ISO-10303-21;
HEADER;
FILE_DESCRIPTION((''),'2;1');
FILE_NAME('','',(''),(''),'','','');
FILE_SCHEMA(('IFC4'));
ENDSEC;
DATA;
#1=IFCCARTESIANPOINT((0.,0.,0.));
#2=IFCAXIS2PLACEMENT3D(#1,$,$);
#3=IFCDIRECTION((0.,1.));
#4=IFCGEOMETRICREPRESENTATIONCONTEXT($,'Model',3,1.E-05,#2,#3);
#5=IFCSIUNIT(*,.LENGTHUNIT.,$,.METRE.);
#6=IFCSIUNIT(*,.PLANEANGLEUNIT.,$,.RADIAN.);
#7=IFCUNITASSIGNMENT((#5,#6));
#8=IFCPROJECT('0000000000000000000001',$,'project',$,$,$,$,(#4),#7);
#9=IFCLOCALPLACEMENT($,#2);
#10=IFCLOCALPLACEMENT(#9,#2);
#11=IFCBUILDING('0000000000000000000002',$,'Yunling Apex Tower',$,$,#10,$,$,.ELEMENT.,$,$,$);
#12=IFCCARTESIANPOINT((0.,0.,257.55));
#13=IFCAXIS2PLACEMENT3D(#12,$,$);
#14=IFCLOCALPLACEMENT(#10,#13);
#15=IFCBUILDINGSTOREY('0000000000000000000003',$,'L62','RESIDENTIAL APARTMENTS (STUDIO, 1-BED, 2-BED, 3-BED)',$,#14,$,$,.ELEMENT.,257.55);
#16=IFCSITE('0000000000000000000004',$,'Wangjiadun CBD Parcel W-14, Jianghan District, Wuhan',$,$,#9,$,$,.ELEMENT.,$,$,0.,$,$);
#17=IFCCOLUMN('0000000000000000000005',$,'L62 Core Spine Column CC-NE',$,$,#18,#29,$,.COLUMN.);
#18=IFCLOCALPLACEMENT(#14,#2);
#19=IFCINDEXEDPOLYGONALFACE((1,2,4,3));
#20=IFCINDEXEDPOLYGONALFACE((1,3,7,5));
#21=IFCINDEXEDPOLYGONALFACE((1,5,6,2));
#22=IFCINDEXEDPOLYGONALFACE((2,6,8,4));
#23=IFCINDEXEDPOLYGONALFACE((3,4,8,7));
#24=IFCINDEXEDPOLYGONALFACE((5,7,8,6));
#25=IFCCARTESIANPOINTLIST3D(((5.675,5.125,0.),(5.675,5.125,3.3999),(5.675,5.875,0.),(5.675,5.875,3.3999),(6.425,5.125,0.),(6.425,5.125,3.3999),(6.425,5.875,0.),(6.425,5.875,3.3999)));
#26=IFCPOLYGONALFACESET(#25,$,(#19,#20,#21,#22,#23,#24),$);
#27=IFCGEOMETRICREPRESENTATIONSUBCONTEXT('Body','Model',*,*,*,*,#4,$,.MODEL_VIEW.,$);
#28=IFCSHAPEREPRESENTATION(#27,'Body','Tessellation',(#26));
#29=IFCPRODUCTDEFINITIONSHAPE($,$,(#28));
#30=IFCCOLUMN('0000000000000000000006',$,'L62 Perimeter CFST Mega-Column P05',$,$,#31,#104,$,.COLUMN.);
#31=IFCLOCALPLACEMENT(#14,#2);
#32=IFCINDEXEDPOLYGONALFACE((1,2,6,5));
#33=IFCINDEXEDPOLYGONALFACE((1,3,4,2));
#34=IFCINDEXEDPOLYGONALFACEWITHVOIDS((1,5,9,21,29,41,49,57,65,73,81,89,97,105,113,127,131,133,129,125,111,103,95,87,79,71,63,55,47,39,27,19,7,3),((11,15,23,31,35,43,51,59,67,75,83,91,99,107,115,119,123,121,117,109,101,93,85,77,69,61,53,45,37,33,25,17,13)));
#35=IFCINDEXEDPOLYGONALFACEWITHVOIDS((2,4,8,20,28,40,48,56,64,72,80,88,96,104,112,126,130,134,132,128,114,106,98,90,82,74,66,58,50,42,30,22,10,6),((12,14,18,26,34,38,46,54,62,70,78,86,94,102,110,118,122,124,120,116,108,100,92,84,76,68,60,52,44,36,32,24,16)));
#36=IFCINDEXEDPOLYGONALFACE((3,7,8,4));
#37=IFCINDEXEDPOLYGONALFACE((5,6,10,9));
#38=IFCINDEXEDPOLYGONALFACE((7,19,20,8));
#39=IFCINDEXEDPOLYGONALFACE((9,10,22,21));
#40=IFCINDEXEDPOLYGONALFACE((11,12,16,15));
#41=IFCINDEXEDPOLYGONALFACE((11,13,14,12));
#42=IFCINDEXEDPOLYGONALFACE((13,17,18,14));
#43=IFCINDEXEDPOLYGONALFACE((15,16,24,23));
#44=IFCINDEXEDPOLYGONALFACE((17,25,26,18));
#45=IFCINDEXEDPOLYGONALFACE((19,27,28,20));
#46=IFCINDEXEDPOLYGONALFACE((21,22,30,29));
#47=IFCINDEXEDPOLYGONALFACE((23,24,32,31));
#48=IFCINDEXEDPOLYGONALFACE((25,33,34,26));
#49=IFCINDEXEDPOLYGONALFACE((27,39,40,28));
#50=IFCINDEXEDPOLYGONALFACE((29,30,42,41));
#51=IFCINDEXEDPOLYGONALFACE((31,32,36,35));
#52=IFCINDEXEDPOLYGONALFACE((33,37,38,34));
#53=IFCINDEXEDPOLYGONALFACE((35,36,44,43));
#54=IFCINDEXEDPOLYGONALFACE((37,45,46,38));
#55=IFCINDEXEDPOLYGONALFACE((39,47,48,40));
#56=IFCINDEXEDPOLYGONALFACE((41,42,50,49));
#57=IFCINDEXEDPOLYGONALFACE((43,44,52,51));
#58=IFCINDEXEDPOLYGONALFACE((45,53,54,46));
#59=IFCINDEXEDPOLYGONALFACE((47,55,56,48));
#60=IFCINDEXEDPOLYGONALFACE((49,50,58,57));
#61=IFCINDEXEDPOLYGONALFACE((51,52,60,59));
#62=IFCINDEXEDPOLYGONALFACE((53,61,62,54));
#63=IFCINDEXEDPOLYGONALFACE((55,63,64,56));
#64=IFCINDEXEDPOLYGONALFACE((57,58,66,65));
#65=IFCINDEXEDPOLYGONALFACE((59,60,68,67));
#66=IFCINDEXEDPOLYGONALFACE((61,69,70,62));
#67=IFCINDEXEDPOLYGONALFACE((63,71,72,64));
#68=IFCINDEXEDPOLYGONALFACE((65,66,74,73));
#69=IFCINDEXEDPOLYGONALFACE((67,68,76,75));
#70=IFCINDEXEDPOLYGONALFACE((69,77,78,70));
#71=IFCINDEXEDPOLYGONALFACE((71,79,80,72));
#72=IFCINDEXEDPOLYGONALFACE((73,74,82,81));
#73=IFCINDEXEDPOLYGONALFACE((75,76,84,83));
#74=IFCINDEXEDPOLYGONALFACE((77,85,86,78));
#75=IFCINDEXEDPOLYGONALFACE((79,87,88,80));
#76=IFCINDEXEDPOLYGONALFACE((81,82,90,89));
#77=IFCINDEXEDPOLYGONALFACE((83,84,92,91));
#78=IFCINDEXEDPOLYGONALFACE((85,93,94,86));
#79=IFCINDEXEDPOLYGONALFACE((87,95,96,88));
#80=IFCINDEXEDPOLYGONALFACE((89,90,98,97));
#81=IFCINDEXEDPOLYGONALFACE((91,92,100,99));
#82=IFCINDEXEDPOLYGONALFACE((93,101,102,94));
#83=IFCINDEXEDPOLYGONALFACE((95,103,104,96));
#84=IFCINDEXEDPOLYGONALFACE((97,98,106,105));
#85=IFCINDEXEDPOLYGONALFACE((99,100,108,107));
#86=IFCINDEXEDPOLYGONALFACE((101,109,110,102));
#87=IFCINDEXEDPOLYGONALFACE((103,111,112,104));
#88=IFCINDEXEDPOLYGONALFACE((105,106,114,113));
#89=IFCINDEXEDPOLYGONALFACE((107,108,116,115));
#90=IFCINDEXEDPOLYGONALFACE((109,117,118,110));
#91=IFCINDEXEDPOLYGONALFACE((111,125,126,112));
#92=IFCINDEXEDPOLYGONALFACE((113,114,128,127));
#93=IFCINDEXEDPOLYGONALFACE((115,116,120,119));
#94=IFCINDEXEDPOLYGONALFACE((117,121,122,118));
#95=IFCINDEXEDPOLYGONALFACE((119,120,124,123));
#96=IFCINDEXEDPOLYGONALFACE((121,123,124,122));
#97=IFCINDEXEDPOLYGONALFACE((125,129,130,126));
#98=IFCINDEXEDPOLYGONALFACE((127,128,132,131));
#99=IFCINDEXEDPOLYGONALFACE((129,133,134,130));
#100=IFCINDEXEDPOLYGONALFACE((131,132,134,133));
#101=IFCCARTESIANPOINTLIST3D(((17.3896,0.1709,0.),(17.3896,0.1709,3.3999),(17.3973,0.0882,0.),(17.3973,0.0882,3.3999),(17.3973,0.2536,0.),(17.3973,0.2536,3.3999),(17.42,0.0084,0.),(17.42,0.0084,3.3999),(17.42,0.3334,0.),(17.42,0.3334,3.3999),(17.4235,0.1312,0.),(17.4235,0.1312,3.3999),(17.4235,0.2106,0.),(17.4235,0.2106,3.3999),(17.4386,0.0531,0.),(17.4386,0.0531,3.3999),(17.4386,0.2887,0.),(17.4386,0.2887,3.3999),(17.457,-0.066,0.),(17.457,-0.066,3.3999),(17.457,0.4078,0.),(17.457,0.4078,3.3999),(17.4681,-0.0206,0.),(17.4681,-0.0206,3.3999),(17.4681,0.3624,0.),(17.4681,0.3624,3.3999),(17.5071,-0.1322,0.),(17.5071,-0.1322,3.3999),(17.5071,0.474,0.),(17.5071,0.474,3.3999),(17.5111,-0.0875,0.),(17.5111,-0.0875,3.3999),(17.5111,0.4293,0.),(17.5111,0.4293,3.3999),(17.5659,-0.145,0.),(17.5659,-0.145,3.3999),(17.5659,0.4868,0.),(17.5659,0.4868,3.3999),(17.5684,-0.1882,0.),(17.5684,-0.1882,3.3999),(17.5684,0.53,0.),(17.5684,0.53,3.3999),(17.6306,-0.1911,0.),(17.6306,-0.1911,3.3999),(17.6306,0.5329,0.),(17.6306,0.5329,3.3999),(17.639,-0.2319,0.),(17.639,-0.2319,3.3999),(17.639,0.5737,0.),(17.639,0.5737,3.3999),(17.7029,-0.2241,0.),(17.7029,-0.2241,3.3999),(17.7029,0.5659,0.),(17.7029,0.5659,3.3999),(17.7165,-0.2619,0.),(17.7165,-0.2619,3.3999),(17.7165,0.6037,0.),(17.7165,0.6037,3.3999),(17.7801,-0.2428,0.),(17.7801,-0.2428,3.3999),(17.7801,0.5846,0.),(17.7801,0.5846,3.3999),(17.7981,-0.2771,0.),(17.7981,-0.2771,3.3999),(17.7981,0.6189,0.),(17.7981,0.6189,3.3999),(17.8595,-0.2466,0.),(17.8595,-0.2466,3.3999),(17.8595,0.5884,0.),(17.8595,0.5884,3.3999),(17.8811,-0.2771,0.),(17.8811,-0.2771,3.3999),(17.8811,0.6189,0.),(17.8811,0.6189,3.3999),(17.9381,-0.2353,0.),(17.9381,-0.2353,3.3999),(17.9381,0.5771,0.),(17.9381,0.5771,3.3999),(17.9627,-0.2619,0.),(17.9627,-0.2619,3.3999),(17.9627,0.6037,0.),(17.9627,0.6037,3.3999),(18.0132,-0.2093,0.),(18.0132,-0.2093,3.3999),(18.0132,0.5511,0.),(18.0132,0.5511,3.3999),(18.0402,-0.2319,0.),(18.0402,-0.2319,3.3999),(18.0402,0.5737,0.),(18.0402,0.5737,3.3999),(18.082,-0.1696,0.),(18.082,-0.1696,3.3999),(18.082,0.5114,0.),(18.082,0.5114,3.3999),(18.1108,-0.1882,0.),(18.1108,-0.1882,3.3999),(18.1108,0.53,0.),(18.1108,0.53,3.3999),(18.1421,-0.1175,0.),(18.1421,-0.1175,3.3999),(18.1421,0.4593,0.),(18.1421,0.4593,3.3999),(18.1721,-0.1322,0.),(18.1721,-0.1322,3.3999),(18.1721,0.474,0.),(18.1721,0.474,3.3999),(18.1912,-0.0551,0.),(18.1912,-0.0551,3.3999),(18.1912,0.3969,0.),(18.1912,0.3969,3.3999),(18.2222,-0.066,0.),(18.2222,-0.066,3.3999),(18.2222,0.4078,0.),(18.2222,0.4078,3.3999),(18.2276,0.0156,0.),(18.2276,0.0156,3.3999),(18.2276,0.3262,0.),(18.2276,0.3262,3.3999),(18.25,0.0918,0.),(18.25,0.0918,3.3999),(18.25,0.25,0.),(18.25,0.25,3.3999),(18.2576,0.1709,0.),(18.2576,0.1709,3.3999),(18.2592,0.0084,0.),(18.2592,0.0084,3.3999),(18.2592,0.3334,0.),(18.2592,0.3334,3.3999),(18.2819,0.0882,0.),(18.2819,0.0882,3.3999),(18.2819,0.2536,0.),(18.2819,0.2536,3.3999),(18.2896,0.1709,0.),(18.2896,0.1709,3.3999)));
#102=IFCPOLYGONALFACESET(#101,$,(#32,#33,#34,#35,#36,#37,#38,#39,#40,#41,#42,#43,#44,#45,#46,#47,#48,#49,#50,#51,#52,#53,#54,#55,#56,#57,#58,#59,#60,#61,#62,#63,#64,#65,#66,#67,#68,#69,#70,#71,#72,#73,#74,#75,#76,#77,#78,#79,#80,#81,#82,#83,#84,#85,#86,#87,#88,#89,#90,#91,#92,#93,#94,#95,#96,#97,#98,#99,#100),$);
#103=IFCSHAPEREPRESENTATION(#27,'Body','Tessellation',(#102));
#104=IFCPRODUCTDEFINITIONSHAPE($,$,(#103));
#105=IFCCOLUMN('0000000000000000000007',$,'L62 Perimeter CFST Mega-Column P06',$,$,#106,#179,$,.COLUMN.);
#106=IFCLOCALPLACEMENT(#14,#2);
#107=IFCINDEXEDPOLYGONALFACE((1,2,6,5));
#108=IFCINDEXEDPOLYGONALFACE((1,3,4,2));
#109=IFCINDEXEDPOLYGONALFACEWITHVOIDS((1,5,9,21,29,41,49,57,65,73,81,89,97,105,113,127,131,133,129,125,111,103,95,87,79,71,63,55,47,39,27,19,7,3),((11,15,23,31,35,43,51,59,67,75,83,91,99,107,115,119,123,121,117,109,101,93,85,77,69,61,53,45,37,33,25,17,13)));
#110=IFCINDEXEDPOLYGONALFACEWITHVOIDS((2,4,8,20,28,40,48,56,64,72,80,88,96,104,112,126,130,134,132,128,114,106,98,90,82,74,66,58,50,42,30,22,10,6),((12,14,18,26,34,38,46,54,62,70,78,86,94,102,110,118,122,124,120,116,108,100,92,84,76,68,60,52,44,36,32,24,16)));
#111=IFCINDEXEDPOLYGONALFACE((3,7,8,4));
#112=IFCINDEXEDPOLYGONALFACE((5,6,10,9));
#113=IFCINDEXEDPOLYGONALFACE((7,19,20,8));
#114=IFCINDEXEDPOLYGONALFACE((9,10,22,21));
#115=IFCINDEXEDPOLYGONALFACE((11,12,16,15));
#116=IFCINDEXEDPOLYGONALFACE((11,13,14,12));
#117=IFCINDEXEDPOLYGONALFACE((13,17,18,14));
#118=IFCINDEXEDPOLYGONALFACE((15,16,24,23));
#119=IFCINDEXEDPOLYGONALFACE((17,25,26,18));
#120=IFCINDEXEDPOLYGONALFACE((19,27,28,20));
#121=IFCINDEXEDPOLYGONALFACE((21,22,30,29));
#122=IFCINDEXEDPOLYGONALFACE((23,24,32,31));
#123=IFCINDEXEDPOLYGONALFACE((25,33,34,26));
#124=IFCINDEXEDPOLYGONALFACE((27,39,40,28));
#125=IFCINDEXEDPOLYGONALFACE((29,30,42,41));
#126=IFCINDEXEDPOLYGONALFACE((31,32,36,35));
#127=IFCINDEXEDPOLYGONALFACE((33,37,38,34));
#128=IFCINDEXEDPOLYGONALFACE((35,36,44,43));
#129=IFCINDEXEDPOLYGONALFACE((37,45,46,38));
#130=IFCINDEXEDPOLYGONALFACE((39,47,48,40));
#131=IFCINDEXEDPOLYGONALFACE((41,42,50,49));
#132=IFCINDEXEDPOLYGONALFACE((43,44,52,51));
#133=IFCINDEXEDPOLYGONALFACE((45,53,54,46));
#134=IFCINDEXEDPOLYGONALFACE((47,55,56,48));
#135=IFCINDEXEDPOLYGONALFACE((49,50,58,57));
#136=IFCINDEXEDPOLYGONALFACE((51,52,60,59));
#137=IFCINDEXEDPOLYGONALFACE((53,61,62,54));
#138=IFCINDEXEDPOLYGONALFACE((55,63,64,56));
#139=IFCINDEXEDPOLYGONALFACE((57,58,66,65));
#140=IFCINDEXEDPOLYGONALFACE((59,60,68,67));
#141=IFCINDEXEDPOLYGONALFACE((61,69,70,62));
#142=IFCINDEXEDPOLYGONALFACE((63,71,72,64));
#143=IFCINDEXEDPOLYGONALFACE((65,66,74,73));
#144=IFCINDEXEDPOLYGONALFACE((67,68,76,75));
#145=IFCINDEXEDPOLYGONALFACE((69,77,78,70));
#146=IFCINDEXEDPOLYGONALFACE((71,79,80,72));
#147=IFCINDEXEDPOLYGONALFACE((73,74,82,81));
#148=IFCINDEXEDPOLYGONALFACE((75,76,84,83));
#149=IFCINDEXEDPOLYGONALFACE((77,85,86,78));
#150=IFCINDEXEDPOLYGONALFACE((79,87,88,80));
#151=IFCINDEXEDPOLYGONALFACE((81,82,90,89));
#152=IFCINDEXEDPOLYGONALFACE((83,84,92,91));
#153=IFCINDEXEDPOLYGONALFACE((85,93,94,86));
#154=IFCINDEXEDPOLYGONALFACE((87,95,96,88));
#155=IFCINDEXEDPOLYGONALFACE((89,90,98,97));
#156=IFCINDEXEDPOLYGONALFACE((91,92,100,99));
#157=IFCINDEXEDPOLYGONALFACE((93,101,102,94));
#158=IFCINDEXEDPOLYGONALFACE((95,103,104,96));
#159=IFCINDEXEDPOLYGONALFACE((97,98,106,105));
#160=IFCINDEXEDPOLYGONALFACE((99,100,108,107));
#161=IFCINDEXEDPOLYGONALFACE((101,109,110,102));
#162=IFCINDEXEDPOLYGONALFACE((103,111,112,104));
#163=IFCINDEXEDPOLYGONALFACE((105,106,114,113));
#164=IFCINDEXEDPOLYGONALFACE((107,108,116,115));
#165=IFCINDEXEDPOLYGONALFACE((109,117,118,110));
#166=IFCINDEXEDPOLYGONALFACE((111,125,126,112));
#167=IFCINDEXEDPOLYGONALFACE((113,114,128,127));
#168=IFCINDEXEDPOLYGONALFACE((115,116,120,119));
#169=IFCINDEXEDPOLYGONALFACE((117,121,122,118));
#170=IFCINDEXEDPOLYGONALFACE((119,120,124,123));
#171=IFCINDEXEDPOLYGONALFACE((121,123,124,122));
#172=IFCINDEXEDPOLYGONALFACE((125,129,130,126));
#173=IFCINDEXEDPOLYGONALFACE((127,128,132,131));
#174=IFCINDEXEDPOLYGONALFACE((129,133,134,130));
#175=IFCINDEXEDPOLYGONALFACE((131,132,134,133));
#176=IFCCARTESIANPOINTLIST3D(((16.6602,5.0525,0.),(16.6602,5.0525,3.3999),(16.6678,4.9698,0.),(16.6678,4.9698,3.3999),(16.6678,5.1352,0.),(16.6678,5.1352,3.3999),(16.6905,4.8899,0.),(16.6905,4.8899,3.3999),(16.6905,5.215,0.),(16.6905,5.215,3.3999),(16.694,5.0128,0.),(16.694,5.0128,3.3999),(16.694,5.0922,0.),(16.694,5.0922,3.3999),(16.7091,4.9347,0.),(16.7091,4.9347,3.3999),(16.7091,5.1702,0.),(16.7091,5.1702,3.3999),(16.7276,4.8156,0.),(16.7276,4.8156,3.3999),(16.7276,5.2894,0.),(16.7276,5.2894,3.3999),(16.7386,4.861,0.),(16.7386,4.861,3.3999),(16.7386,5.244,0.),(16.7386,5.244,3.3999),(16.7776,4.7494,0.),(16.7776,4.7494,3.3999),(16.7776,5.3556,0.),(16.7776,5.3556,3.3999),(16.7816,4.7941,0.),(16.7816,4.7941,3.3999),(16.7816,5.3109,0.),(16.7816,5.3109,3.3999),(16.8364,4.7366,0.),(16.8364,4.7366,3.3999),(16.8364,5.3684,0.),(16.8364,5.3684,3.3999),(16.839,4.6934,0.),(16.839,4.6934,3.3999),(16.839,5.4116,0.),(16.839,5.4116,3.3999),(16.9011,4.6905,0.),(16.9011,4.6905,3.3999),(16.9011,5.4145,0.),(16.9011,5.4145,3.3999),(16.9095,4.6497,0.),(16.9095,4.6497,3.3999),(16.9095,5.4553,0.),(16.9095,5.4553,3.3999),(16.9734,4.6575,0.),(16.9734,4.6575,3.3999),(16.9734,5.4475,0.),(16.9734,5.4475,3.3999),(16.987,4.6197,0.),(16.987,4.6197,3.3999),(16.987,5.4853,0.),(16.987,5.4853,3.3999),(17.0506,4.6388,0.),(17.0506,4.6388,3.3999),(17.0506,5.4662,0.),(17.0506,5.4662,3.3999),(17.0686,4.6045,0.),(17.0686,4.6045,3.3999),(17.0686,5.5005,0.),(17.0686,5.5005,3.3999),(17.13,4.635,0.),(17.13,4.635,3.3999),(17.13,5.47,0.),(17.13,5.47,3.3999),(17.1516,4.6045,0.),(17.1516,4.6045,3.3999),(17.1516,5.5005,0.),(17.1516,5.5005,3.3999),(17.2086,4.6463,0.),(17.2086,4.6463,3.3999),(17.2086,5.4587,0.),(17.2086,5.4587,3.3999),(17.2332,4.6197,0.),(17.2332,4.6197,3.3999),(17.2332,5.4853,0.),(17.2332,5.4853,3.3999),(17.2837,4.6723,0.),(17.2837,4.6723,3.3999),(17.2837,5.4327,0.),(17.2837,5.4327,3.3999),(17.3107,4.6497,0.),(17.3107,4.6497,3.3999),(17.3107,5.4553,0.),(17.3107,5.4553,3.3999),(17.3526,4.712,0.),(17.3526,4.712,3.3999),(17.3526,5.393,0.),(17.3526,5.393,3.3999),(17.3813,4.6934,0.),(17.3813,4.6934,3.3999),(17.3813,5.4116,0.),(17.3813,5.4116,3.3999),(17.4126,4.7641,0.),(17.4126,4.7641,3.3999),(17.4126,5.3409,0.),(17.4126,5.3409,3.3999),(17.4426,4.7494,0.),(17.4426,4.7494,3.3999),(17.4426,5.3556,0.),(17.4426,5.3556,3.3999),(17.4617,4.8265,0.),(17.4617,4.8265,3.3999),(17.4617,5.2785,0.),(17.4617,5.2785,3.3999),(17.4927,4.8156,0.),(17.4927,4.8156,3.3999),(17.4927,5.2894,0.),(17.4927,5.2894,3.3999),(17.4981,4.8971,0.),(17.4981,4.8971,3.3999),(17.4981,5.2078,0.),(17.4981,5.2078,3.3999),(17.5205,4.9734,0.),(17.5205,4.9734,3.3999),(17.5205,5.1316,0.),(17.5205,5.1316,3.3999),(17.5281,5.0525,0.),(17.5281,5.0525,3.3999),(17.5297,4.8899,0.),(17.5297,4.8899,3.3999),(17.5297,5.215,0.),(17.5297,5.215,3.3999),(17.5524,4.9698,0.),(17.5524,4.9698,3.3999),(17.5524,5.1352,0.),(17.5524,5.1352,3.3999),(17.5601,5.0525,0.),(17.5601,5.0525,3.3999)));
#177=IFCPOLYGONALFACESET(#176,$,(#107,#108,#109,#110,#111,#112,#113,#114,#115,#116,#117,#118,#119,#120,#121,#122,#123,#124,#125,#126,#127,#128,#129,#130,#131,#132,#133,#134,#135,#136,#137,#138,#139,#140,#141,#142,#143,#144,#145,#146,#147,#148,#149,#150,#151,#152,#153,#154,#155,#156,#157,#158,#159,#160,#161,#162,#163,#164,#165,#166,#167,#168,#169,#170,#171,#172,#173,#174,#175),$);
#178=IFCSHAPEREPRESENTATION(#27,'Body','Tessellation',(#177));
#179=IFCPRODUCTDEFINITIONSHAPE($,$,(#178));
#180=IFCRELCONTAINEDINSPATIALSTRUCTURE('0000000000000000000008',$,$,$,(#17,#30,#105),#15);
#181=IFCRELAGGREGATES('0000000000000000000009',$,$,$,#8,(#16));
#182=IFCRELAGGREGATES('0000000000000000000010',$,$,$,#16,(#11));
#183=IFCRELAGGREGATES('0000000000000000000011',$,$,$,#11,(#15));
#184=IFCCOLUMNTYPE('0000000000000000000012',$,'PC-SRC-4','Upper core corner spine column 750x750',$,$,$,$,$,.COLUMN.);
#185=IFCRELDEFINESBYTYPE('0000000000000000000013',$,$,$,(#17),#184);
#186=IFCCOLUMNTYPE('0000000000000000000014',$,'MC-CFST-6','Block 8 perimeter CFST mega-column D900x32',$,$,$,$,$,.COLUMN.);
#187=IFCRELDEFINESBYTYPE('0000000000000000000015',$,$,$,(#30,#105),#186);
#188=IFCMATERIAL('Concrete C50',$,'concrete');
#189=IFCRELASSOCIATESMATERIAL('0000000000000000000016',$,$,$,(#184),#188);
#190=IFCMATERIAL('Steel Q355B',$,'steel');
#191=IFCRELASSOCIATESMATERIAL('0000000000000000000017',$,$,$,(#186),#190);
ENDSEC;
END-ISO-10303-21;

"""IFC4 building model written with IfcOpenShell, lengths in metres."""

from ifc_helpers import new_model, si_unit, direction, frame, origin, origin_2d, place, context, subcontext, project, spatial, rectangle, hollow_circle, extrude, source, transform, mapped, material, material_profile, profile_set, type_object, element, save


model = new_model("IFC4")

# Units and contexts
model_context = context("Model", 3, precision=1e-05, world=origin(), true_north=direction((0.0, 1.0)))
body_context = subcontext(model_context, "Body", "Model", "MODEL_VIEW")
ifc_project = project(units=[si_unit("LENGTHUNIT", "METRE"), si_unit("PLANEANGLEUNIT", "RADIAN")], contexts=[model_context])

# Site, building, storey
site_placement = place(None, origin())
site = spatial("IfcSite", under=ifc_project, at=site_placement, Name="Wangjiadun CBD Parcel W-14, Jianghan District, Wuhan", CompositionType="ELEMENT", RefElevation=0.0)
building_placement = place(site_placement, origin())
building = spatial("IfcBuilding", under=site, at=building_placement, Name="Yunling Apex Tower", CompositionType="ELEMENT")
storey_placement = place(building_placement, frame((0.0, 0.0, 257.55)))
storey = spatial("IfcBuildingStorey", under=building, at=storey_placement, Name="L62", Description="RESIDENTIAL APARTMENTS (STUDIO, 1-BED, 2-BED, 3-BED)", CompositionType="ELEMENT", Elevation=257.55)

# Columns
ifc_material_1 = material(Name="Concrete C50", Category="concrete")
ifc_material_profile_1 = material_profile(ifc_material_1, rectangle(XDim=0.75, YDim=0.75, at=origin_2d()))
ifc_profile_set_1 = profile_set([ifc_material_profile_1], Name="Concrete C50")
column_type_1 = type_object("IfcColumnType", Name="PC-SRC-4", Description="Upper core corner spine column 750x750", PredefinedType="COLUMN", material=ifc_profile_set_1)
shared_shape_1 = source(origin(), body_context, "Body", "SweptSolid", [
    extrude(rectangle(XDim=0.75, YDim=0.75, at=origin_2d()), origin(), (0.0, 0.0, 1.0), 3.3999),
])
column_placement = place(storey_placement, frame((6.05, 5.5, 0.0), z_axis=(0.0, 0.0, 1.0), x_axis=(1.0, 0.0, 0.0)))
element("IfcColumn", 1, at=column_placement, inside=storey, type_object=column_type_1, Name="L62 Core Spine Column CC-NE", PredefinedType="COLUMN", context=body_context, shape_type="MappedRepresentation", body=[
    mapped(shared_shape_1, transform((0.0, 0.0, 0.0), scale=1.0)),
])
ifc_material_2 = material(Name="Steel Q355B", Category="steel")
ifc_material_profile_2 = material_profile(ifc_material_2, hollow_circle(Radius=0.45, WallThickness=0.032, at=origin_2d()))
ifc_profile_set_2 = profile_set([ifc_material_profile_2], Name="Steel Q355B")
column_type_2 = type_object("IfcColumnType", Name="MC-CFST-6", Description="Block 8 perimeter CFST mega-column D900x32", PredefinedType="COLUMN", material=ifc_profile_set_2)
shared_shape_2 = source(origin(), body_context, "Body", "SweptSolid", [
    extrude(hollow_circle(Radius=0.45, WallThickness=0.032, at=origin_2d()), origin(), (0.0, 0.0, 1.0), 3.3999),
])
for number, where, z_axis, x_axis, name in (
    (2, (17.8396, 0.1709, 0.0), (0.0, 0.0, 1.0), (1.0, 0.0, 0.0), "L62 Perimeter CFST Mega-Column P05"),
    (3, (17.1101, 5.0525, 0.0), (0.0, 0.0, 1.0), (1.0, 0.0, 0.0), "L62 Perimeter CFST Mega-Column P06"),
):
    element("IfcColumn", number, at=place(storey_placement, frame(where, z_axis=z_axis, x_axis=x_axis)), inside=storey, type_object=column_type_2, Name=name, PredefinedType="COLUMN", context=body_context, shape_type="MappedRepresentation", body=[
        mapped(shared_shape_2, transform((0.0, 0.0, 0.0), scale=1.0)),
    ])

save(model, "model.ifc")
